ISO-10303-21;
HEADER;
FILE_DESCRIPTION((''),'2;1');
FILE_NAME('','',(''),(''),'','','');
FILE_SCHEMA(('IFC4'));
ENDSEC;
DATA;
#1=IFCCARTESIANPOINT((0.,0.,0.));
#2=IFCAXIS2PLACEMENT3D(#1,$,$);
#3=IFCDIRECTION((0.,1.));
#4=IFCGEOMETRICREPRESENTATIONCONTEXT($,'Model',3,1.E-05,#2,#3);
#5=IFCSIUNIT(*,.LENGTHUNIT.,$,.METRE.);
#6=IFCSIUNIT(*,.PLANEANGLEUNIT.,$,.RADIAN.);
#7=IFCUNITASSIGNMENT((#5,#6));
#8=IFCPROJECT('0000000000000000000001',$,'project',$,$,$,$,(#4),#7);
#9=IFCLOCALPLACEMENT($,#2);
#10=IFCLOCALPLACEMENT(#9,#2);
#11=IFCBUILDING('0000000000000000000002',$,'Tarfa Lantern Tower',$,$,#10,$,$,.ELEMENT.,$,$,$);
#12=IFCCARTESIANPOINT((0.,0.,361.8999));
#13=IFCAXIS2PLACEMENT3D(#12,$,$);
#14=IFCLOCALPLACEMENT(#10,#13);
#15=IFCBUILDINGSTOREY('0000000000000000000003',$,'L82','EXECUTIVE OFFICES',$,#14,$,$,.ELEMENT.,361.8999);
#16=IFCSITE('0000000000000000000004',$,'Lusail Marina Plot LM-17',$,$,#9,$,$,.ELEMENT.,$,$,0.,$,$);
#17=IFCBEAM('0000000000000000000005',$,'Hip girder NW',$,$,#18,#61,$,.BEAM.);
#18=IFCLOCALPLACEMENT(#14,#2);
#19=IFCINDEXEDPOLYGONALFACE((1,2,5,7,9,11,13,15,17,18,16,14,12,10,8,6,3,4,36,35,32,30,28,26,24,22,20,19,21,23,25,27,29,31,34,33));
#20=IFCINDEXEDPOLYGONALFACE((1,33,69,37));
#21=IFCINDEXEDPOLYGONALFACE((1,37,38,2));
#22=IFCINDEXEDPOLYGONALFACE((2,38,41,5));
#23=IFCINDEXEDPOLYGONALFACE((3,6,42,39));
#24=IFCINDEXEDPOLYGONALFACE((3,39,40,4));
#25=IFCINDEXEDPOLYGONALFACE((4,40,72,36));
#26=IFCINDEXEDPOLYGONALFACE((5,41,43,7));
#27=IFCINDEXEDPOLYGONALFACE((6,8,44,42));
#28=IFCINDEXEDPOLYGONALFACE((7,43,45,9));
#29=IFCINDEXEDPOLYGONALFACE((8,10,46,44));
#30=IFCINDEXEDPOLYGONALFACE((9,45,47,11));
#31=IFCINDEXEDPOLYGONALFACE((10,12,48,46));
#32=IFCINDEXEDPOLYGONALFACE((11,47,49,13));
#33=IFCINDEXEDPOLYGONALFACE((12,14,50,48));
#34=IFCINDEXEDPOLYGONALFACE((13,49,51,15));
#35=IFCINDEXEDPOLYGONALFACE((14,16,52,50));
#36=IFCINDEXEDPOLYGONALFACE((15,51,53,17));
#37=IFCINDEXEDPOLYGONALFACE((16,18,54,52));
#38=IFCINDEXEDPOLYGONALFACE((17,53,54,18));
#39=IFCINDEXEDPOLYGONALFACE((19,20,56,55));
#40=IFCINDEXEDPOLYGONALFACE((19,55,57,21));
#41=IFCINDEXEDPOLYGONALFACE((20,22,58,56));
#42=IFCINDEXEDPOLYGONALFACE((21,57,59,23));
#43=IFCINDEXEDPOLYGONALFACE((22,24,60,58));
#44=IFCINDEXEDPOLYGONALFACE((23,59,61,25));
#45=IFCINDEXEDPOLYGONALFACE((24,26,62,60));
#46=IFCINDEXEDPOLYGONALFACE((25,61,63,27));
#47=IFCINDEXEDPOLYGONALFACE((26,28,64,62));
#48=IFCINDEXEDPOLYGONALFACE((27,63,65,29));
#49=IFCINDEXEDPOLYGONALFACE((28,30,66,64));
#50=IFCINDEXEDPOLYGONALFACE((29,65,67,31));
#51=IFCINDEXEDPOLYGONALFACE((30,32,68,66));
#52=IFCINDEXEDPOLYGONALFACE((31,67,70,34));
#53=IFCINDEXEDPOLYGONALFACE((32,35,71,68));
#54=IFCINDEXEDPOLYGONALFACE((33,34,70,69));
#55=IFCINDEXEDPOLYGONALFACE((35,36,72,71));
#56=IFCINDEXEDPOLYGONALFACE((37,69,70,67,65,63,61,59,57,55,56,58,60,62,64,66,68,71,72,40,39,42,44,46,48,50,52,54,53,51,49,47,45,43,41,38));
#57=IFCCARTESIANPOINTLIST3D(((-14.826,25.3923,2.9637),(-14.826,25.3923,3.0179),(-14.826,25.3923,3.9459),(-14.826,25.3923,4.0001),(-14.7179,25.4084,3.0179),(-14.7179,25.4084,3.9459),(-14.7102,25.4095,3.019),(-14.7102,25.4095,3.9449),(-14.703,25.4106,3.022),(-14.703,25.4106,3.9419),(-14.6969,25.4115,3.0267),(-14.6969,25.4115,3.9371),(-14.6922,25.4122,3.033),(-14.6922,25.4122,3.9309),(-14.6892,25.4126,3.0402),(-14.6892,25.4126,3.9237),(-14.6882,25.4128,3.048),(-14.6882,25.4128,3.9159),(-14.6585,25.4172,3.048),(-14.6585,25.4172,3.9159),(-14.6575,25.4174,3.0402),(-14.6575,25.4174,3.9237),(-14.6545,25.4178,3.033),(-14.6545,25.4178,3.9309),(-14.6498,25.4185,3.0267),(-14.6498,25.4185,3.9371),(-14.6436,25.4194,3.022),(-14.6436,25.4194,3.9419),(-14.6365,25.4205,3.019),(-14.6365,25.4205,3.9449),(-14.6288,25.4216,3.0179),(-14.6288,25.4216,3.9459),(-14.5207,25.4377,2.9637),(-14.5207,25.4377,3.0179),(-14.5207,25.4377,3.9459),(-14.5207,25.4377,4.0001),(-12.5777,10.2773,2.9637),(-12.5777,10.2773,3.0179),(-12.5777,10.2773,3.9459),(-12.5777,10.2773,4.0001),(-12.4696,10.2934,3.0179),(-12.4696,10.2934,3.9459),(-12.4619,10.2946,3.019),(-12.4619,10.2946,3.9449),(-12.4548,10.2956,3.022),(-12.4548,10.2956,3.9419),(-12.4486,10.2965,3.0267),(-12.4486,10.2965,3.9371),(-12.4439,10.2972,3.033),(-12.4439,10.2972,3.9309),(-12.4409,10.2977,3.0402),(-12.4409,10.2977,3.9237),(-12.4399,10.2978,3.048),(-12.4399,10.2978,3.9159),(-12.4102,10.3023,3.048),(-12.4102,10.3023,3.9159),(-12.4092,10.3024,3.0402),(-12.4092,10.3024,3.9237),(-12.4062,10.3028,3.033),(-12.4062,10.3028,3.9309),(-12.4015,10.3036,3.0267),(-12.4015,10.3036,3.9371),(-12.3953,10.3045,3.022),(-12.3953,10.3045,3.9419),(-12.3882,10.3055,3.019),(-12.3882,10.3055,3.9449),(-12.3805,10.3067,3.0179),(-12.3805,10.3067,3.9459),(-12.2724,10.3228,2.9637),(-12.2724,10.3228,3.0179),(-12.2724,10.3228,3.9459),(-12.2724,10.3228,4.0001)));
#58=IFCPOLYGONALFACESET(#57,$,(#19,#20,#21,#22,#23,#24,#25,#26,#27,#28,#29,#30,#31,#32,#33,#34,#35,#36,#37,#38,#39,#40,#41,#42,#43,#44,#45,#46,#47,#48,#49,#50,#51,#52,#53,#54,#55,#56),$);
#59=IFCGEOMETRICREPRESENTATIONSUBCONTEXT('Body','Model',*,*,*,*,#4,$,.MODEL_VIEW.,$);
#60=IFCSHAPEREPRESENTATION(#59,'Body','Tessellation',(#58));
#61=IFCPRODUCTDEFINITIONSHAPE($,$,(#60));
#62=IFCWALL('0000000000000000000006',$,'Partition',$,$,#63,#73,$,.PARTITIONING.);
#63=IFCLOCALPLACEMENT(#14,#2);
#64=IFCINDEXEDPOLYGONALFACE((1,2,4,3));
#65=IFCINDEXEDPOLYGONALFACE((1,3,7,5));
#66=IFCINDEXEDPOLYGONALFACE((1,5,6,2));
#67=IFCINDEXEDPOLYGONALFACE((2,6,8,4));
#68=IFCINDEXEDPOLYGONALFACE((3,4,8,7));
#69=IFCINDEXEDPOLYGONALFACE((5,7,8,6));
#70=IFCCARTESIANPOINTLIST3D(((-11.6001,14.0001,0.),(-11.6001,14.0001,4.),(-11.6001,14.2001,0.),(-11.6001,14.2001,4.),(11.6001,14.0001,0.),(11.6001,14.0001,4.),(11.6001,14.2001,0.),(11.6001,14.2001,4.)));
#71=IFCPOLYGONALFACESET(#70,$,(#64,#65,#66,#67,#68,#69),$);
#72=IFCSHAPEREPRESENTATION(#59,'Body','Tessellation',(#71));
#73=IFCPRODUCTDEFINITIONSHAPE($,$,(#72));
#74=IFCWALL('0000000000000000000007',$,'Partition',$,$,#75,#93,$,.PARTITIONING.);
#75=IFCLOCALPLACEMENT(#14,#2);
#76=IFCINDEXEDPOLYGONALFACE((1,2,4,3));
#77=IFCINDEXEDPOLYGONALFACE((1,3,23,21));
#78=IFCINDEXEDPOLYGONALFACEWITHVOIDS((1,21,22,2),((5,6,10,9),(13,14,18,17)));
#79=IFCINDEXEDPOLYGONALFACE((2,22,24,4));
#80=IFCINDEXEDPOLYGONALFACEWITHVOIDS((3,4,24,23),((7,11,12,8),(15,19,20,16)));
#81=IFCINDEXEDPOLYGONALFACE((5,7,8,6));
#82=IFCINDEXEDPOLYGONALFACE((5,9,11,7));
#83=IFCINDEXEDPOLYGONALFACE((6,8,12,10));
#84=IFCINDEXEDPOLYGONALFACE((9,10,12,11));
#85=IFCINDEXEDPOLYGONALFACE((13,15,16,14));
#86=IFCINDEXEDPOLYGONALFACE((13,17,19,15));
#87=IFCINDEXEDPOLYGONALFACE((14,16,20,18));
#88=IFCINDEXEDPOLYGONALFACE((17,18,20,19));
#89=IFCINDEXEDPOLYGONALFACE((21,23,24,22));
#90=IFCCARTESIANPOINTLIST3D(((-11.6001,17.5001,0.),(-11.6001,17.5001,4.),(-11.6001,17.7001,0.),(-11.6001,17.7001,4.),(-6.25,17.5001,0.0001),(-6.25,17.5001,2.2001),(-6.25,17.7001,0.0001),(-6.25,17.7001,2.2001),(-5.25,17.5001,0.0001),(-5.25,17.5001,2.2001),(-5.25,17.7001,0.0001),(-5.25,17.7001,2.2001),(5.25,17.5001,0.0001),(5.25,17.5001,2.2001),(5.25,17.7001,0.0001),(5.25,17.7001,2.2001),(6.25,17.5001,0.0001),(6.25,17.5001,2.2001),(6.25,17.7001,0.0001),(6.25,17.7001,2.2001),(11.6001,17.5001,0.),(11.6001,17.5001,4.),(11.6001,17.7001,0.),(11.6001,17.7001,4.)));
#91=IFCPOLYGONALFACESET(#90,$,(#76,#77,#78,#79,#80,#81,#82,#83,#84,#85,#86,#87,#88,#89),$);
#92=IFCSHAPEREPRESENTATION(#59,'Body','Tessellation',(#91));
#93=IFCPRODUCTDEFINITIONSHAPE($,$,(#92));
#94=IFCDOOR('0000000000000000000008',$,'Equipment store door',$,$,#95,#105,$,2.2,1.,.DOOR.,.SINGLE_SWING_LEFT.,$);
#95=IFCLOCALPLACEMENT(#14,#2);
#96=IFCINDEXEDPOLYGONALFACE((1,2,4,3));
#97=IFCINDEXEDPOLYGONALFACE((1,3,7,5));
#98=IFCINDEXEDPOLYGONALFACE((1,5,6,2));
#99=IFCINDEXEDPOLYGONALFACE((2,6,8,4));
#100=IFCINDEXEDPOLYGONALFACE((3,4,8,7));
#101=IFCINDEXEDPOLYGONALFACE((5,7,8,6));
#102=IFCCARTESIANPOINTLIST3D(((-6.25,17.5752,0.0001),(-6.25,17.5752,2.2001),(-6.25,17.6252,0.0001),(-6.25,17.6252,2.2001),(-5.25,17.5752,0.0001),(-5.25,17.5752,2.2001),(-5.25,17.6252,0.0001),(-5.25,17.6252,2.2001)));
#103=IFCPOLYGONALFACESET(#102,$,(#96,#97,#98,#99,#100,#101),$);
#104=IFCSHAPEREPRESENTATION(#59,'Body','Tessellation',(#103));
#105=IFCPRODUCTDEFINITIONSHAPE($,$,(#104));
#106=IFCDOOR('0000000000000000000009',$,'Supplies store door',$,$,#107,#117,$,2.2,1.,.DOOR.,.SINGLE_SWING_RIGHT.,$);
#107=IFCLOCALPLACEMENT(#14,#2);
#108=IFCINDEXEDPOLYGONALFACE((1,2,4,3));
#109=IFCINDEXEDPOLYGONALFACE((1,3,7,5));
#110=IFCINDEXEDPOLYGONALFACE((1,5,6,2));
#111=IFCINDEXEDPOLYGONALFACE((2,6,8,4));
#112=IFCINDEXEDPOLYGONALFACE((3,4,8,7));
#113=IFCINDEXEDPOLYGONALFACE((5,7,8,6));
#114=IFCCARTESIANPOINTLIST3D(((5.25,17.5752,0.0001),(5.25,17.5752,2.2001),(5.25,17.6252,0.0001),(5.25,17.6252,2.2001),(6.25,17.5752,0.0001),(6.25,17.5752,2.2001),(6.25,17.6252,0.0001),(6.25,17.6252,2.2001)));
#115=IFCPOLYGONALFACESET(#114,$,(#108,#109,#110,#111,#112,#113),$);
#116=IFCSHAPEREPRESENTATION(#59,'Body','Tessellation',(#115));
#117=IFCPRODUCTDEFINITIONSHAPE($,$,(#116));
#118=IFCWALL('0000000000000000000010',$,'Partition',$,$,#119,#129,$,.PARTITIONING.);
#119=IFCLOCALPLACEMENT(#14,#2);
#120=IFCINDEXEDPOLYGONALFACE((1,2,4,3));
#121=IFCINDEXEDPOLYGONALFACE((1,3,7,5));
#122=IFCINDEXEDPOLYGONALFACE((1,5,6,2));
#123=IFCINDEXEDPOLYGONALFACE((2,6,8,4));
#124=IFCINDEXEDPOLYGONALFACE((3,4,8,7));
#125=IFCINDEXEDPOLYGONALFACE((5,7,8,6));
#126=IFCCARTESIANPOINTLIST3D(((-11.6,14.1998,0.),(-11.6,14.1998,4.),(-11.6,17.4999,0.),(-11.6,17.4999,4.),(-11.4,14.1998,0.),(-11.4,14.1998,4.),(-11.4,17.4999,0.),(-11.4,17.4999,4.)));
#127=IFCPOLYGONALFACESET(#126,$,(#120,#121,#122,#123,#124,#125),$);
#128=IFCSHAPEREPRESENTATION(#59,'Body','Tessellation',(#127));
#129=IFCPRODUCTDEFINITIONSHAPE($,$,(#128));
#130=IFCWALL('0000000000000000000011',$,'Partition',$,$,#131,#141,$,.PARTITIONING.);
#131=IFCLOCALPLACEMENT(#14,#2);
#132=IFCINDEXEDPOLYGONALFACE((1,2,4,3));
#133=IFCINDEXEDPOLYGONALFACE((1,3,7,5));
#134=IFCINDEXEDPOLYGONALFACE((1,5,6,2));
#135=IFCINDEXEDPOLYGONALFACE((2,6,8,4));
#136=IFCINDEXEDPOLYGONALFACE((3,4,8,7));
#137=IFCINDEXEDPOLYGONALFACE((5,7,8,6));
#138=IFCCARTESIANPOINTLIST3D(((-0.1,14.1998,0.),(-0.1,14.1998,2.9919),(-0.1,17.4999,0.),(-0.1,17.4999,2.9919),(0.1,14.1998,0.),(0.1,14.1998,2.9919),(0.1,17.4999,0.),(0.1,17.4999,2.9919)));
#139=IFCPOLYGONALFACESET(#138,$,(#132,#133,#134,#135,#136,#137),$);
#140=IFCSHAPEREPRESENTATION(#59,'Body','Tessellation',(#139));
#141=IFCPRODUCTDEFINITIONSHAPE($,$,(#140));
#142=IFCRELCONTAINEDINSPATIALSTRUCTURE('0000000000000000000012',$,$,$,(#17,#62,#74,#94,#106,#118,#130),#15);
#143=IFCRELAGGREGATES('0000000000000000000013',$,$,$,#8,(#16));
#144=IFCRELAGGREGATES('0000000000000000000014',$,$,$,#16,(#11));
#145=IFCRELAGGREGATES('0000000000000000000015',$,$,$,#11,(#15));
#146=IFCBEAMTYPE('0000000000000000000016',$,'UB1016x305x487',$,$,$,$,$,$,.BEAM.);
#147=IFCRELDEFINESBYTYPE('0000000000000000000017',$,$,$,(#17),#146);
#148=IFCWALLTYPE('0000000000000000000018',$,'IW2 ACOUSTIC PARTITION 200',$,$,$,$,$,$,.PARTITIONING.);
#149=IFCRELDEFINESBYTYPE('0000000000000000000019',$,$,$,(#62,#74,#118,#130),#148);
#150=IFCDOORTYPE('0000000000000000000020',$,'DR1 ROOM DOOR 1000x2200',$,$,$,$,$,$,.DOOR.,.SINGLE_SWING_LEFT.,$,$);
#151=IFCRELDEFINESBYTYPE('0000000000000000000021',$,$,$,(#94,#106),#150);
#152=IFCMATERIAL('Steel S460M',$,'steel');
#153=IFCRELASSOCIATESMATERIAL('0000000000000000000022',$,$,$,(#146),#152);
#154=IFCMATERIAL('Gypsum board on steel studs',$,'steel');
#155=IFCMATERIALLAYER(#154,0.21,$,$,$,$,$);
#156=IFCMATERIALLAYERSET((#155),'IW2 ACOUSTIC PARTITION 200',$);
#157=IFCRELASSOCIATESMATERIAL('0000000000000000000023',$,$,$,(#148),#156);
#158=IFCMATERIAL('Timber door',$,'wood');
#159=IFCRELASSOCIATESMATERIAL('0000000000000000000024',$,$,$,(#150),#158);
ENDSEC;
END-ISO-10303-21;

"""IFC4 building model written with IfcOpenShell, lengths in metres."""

from ifc_helpers import new_model, si_unit, direction, frame, frame_2d, origin, origin_2d, place, context, subcontext, project, spatial, rectangle, i_section, extrude, material, layer, layer_set, material_profile, profile_set, type_object, element, fill, save


model = new_model("IFC4")

# Units and contexts
model_context = context("Model", 3, precision=1e-05, world=origin(), true_north=direction((0.0, 1.0)))
body_context = subcontext(model_context, "Body", "Model", "MODEL_VIEW")
ifc_project = project(units=[si_unit("LENGTHUNIT", "METRE"), si_unit("PLANEANGLEUNIT", "RADIAN")], contexts=[model_context])

# Site, building, storey
site_placement = place(None, origin())
site = spatial("IfcSite", under=ifc_project, at=site_placement, Name="Lusail Marina Plot LM-17", CompositionType="ELEMENT", RefElevation=0.0)
building_placement = place(site_placement, origin())
building = spatial("IfcBuilding", under=site, at=building_placement, Name="Tarfa Lantern Tower", CompositionType="ELEMENT")
storey_placement = place(building_placement, frame((0.0, 0.0, 361.8999)))
storey = spatial("IfcBuildingStorey", under=building, at=storey_placement, Name="L82", Description="EXECUTIVE OFFICES", CompositionType="ELEMENT", Elevation=361.8999)

# Beam
ifc_material_1 = material(Name="Steel S460M", Category="steel")
ifc_material_profile = material_profile(ifc_material_1, i_section(OverallWidth=0.3086, OverallDepth=1.0364, WebThickness=0.03, FlangeThickness=0.0542, FilletRadius=0.03, at=origin_2d()), Name="UB1016x305x487")
ifc_profile_set = profile_set([ifc_material_profile], Name="Steel S460M")
beam_type = type_object("IfcBeamType", Name="UB1016x305x487", PredefinedType="BEAM", material=ifc_profile_set)
beam_placement = place(storey_placement, frame((-12.425, 10.3, 3.4819), z_axis=(-0.147127, 0.989118, 0.0), x_axis=(-0.989118, -0.147127, 0.0)))
element("IfcBeam", 1, at=beam_placement, inside=storey, type_object=beam_type, Name="Hip girder NW", PredefinedType="BEAM", context=body_context, shape_type="SweptSolid", body=[
    extrude(i_section(OverallWidth=0.3086, OverallDepth=1.0364, WebThickness=0.03, FlangeThickness=0.0542, FilletRadius=0.03, at=origin_2d()), origin(), (0.0, 0.0, 1.0), 15.2812),
])

# Wall
ifc_material_2 = material(Name="Gypsum board on steel studs", Category="steel")
ifc_layer_1 = layer(ifc_material_2, 0.21)
ifc_layer_set_1 = layer_set([ifc_layer_1], Name="IW2 ACOUSTIC PARTITION 200")
wall_type_1 = type_object("IfcWallType", Name="IW2 ACOUSTIC PARTITION 200", PredefinedType="PARTITIONING", material=ifc_layer_set_1)
wall_1_placement = place(storey_placement, frame((-11.6001, 14.1001, 0.0), z_axis=(0.0, 0.0, 1.0), x_axis=(1.0, 0.0, 0.0)))
element("IfcWall", 2, at=wall_1_placement, inside=storey, type_object=wall_type_1, Name="Partition", PredefinedType="PARTITIONING", context=body_context, shape_type="SweptSolid", body=[
    extrude(rectangle(XDim=23.2002, YDim=0.2, at=frame_2d((11.6001, 0.0))), origin(), (0.0, 0.0, 1.0), 4.0),
])

# Wall, openings, doors
wall_2_placement = place(storey_placement, frame((-11.6001, 17.6001, 0.0), z_axis=(0.0, 0.0, 1.0), x_axis=(1.0, 0.0, 0.0)))
wall_2 = element("IfcWall", 3, at=wall_2_placement, inside=storey, type_object=wall_type_1, Name="Partition", PredefinedType="PARTITIONING", context=body_context, shape_type="SweptSolid", body=[
    extrude(rectangle(XDim=23.2002, YDim=0.2, at=frame_2d((11.6001, 0.0))), origin(), (0.0, 0.0, 1.0), 4.0),
])
opening_1_placement = place(wall_2_placement, frame((5.3501, 0.0, 0.0)))
opening_1 = element("IfcOpeningElement", 4, at=opening_1_placement, cuts=wall_2, PredefinedType="OPENING", context=body_context, shape_type="SweptSolid", body=[
    extrude(rectangle(XDim=1.0, YDim=2.2, at=frame_2d((0.5, 1.1001))), frame((0.0, 0.1099, 0.0), z_axis=(0.0, -1.0, 0.0), x_axis=(1.0, 0.0, 0.0)), (0.0, 0.0, 1.0), 0.22),
])
opening_2_placement = place(wall_2_placement, frame((16.8501, 0.0, 0.0)))
opening_2 = element("IfcOpeningElement", 5, at=opening_2_placement, cuts=wall_2, PredefinedType="OPENING", context=body_context, shape_type="SweptSolid", body=[
    extrude(rectangle(XDim=1.0, YDim=2.2, at=frame_2d((0.5, 1.1001))), frame((0.0, 0.1099, 0.0), z_axis=(0.0, -1.0, 0.0), x_axis=(1.0, 0.0, 0.0)), (0.0, 0.0, 1.0), 0.22),
])
ifc_material_3 = material(Name="Timber door", Category="wood")
door_type_1 = type_object("IfcDoorType", Name="DR1 ROOM DOOR 1000x2200", OperationType="SINGLE_SWING_LEFT", PredefinedType="DOOR", material=ifc_material_3)
door_1_placement = place(opening_1_placement, frame((1.0, 0.0, 0.0), z_axis=(0.0, 0.0, 1.0), x_axis=(-1.0, 0.0, 0.0)))
door_1 = element("IfcDoor", 6, at=door_1_placement, inside=storey, type_object=door_type_1, Name="Equipment store door", OperationType="SINGLE_SWING_LEFT", OverallHeight=2.2, OverallWidth=1.0, PredefinedType="DOOR", context=body_context, shape_type="SweptSolid", body=[
    extrude(rectangle(XDim=1.0, YDim=2.2, at=frame_2d((0.5, 1.1001))), frame((0.0, 0.0249, 0.0), z_axis=(0.0, -1.0, 0.0), x_axis=(1.0, 0.0, 0.0)), (0.0, 0.0, 1.0), 0.05),
])
fill(opening_1, door_1)
door_2_placement = place(opening_2_placement, frame((1.0, 0.0, 0.0), z_axis=(0.0, 0.0, 1.0), x_axis=(-1.0, 0.0, 0.0)))
door_2 = element("IfcDoor", 7, at=door_2_placement, inside=storey, type_object=door_type_1, Name="Supplies store door", OperationType="SINGLE_SWING_RIGHT", OverallHeight=2.2, OverallWidth=1.0, PredefinedType="DOOR", context=body_context, shape_type="SweptSolid", body=[
    extrude(rectangle(XDim=1.0, YDim=2.2, at=frame_2d((0.5, 1.1001))), frame((0.0, 0.0249, 0.0), z_axis=(0.0, -1.0, 0.0), x_axis=(1.0, 0.0, 0.0)), (0.0, 0.0, 1.0), 0.05),
])
fill(opening_2, door_2)

# Walls
wall_3_placement = place(storey_placement, frame((-11.5, 14.2, 0.0), z_axis=(0.0, 0.0, 1.0), x_axis=(0.0, 1.0, 0.0)))
element("IfcWall", 8, at=wall_3_placement, inside=storey, type_object=wall_type_1, Name="Partition", PredefinedType="PARTITIONING", context=body_context, shape_type="SweptSolid", body=[
    extrude(rectangle(XDim=3.3, YDim=0.2, at=frame_2d((1.6499, 0.0))), origin(), (0.0, 0.0, 1.0), 4.0),
])
wall_4_placement = place(storey_placement, frame((0.0, 14.2, 0.0), z_axis=(0.0, 0.0, 1.0), x_axis=(0.0, 1.0, 0.0)))
element("IfcWall", 9, at=wall_4_placement, inside=storey, type_object=wall_type_1, Name="Partition", PredefinedType="PARTITIONING", context=body_context, shape_type="SweptSolid", body=[
    extrude(rectangle(XDim=3.3, YDim=0.2, at=frame_2d((1.6499, 0.0))), origin(), (0.0, 0.0, 1.0), 2.9919),
])

save(model, "model.ifc")
